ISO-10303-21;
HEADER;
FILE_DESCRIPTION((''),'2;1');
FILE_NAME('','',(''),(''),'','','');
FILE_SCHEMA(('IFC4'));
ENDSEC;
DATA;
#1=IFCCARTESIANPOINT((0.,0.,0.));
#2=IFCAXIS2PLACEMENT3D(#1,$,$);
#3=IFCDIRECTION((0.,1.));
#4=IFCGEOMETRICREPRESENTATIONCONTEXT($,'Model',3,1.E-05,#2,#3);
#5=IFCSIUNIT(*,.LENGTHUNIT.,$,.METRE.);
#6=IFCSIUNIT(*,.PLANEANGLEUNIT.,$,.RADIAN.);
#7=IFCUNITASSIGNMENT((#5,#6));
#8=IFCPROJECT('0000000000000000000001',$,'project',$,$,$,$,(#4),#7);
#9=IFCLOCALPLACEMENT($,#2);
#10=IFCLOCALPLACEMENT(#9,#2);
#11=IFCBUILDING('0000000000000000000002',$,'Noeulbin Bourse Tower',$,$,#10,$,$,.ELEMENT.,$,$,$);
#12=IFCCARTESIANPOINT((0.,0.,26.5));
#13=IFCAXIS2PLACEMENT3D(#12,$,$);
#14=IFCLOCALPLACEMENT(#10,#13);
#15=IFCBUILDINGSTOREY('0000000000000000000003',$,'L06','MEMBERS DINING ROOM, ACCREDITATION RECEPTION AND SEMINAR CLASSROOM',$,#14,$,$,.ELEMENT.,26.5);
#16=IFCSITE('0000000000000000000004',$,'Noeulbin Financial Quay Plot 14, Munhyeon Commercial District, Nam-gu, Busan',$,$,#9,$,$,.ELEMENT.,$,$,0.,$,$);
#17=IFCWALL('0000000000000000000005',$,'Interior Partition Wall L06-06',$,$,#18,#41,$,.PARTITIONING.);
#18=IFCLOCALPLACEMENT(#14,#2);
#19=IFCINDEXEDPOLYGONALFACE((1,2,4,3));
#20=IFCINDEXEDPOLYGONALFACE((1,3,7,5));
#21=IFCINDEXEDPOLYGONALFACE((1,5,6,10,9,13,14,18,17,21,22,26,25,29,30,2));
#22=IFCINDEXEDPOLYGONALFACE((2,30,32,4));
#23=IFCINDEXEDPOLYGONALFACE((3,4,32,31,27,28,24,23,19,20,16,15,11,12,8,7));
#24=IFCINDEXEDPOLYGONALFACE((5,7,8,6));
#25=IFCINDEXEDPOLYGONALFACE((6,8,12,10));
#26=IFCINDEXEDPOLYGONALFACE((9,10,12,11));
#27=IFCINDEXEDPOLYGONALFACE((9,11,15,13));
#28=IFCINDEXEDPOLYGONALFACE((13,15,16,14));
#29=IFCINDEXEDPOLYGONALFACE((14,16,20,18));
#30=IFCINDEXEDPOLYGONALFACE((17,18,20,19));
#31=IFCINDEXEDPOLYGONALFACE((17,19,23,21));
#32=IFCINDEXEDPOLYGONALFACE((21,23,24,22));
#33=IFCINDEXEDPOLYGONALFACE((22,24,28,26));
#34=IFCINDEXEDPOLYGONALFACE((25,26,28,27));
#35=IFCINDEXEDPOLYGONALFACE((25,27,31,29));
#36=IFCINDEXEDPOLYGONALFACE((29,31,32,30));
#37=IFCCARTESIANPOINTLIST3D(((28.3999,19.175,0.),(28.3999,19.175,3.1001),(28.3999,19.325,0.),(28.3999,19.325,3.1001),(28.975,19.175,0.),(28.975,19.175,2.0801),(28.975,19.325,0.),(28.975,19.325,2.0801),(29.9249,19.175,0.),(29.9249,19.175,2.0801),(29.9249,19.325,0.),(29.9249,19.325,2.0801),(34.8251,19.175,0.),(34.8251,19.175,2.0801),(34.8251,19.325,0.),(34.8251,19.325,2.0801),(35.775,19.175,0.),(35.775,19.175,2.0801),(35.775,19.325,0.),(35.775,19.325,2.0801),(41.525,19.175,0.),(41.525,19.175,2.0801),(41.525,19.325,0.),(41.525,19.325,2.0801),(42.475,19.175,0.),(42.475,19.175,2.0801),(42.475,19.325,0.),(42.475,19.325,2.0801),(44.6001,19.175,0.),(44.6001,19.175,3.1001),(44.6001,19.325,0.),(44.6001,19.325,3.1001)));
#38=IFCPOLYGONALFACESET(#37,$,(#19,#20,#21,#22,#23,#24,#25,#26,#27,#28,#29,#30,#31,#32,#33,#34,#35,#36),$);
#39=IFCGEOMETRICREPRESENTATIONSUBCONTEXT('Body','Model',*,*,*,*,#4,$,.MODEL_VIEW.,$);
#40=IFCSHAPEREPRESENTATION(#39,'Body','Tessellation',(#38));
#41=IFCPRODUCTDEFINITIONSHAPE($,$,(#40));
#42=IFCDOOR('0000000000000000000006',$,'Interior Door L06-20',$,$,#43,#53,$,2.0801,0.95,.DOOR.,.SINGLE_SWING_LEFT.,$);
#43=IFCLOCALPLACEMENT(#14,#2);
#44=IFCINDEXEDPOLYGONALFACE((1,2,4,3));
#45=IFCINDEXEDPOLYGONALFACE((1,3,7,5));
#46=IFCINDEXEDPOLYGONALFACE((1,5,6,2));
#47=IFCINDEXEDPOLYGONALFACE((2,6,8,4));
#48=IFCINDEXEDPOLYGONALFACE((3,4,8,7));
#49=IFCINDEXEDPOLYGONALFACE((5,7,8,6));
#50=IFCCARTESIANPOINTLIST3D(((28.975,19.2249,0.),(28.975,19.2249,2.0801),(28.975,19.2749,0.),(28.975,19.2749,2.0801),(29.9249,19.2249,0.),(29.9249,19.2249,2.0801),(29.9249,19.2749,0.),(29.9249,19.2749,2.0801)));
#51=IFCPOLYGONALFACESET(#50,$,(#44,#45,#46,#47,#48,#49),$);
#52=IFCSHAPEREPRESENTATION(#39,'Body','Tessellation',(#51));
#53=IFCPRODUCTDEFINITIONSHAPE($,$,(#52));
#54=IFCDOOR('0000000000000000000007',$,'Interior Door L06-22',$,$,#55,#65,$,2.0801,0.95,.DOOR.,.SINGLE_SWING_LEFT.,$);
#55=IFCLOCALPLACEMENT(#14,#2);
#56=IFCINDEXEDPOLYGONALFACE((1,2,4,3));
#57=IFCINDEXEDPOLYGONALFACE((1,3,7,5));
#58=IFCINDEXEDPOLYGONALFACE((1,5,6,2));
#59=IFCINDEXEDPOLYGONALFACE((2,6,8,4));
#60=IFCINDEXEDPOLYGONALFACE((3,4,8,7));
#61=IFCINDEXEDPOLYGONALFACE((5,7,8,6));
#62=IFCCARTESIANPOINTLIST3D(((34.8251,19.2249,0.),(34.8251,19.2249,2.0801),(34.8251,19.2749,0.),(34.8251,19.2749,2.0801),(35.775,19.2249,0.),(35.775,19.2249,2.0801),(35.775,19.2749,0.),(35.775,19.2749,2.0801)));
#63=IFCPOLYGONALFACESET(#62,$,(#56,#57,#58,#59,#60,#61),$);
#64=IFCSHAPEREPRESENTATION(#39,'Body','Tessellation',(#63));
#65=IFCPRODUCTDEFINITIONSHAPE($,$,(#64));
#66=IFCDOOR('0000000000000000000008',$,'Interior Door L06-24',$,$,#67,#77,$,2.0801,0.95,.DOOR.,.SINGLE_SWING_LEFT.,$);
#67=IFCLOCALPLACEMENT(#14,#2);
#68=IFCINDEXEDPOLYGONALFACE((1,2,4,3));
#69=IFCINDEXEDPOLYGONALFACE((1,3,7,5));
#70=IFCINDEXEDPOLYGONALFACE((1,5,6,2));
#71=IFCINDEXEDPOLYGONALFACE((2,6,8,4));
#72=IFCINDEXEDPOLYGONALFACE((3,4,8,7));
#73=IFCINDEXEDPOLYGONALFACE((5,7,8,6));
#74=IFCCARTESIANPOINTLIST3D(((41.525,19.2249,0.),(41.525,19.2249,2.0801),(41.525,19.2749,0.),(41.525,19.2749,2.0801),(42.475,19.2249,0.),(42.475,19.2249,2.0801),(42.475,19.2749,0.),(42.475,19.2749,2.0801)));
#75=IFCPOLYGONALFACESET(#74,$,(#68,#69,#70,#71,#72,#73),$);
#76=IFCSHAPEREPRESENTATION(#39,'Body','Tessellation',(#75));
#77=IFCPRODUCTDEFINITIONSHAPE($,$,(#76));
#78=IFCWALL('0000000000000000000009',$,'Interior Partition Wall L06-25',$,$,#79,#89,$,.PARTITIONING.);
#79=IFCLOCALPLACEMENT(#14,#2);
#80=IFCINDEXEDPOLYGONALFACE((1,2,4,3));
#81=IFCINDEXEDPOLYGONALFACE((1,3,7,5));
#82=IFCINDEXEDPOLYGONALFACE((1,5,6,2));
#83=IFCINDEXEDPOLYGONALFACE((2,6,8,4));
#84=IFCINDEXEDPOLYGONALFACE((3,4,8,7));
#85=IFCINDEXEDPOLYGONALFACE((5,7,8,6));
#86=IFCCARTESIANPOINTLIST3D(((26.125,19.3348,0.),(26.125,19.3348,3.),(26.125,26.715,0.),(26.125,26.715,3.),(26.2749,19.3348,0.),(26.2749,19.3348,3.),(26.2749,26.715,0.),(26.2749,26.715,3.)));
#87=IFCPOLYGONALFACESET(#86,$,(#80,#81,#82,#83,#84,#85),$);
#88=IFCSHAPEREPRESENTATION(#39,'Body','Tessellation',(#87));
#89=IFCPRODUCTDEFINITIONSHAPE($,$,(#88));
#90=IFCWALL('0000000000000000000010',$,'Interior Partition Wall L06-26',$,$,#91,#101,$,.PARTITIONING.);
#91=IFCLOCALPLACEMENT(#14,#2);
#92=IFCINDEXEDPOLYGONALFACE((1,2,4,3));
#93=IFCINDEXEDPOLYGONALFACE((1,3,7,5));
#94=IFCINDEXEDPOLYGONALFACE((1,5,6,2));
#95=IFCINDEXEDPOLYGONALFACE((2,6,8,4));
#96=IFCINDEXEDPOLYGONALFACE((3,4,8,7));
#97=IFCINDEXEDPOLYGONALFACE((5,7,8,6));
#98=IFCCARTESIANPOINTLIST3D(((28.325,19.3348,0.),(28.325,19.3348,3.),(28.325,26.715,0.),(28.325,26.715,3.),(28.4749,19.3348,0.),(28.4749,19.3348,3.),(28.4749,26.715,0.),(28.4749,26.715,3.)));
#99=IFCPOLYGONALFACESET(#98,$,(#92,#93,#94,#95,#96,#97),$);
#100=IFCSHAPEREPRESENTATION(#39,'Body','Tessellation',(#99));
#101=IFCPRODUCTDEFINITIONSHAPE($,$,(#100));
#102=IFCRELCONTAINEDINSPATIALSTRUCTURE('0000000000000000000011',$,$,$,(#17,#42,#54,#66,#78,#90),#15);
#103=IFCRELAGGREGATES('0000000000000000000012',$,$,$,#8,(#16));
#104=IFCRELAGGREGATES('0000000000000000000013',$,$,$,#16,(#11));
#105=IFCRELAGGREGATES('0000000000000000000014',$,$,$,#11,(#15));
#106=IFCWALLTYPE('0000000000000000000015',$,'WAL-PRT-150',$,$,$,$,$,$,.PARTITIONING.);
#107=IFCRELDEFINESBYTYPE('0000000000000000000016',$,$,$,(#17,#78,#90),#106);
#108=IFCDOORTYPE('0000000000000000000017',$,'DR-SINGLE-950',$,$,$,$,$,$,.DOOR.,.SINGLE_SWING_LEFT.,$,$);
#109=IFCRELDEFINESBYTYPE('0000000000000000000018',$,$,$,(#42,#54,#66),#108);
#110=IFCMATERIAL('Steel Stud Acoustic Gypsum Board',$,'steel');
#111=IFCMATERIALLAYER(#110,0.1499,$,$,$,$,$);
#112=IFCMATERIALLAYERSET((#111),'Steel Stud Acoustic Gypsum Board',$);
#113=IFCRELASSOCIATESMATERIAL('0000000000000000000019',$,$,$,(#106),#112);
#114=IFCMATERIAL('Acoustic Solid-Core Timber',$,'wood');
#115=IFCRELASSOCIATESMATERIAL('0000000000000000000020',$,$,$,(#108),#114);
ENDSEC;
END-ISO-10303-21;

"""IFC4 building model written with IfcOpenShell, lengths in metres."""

from ifc_helpers import new_model, si_unit, direction, frame, frame_2d, origin, place, context, subcontext, project, spatial, rectangle, extrude, material, layer, layer_set, type_object, element, fill, save


model = new_model("IFC4")

# Units and contexts
model_context = context("Model", 3, precision=1e-05, world=origin(), true_north=direction((0.0, 1.0)))
body_context = subcontext(model_context, "Body", "Model", "MODEL_VIEW")
ifc_project = project(units=[si_unit("LENGTHUNIT", "METRE"), si_unit("PLANEANGLEUNIT", "RADIAN")], contexts=[model_context])

# Site, building, storey
site_placement = place(None, origin())
site = spatial("IfcSite", under=ifc_project, at=site_placement, Name="Noeulbin Financial Quay Plot 14, Munhyeon Commercial District, Nam-gu, Busan", CompositionType="ELEMENT", RefElevation=0.0)
building_placement = place(site_placement, origin())
building = spatial("IfcBuilding", under=site, at=building_placement, Name="Noeulbin Bourse Tower", CompositionType="ELEMENT")
storey_placement = place(building_placement, frame((0.0, 0.0, 26.5)))
storey = spatial("IfcBuildingStorey", under=building, at=storey_placement, Name="L06", Description="MEMBERS DINING ROOM, ACCREDITATION RECEPTION AND SEMINAR CLASSROOM", CompositionType="ELEMENT", Elevation=26.5)

# Wall, openings, doors
ifc_material_1 = material(Name="Steel Stud Acoustic Gypsum Board", Category="steel")
ifc_layer_1 = layer(ifc_material_1, 0.1499)
ifc_layer_set_1 = layer_set([ifc_layer_1], Name="Steel Stud Acoustic Gypsum Board")
wall_type_1 = type_object("IfcWallType", Name="WAL-PRT-150", PredefinedType="PARTITIONING", material=ifc_layer_set_1)
wall_1_placement = place(storey_placement, frame((28.3999, 19.25, 0.0), z_axis=(0.0, 0.0, 1.0), x_axis=(1.0, 0.0, 0.0)))
wall_1 = element("IfcWall", 1, at=wall_1_placement, inside=storey, type_object=wall_type_1, Name="Interior Partition Wall L06-06", PredefinedType="PARTITIONING", context=body_context, shape_type="SweptSolid", body=[
    extrude(rectangle(XDim=16.2002, YDim=0.1499, at=frame_2d((8.1001, 0.0))), origin(), (0.0, 0.0, 1.0), 3.1001),
])
opening_1_placement = place(wall_1_placement, frame((0.575, 0.0, 0.0)))
opening_1 = element("IfcOpeningElement", 2, at=opening_1_placement, cuts=wall_1, PredefinedType="OPENING", context=body_context, shape_type="SweptSolid", body=[
    extrude(rectangle(XDim=0.95, YDim=2.0801, at=frame_2d((0.4751, 1.04))), frame((0.0, 0.085, 0.0), z_axis=(0.0, -1.0, 0.0), x_axis=(1.0, 0.0, 0.0)), (0.0, 0.0, 1.0), 0.1699),
])
opening_2_placement = place(wall_1_placement, frame((6.425, 0.0, 0.0)))
opening_2 = element("IfcOpeningElement", 3, at=opening_2_placement, cuts=wall_1, PredefinedType="OPENING", context=body_context, shape_type="SweptSolid", body=[
    extrude(rectangle(XDim=0.95, YDim=2.0801, at=frame_2d((0.4751, 1.04))), frame((0.0, 0.085, 0.0), z_axis=(0.0, -1.0, 0.0), x_axis=(1.0, 0.0, 0.0)), (0.0, 0.0, 1.0), 0.1699),
])
opening_3_placement = place(wall_1_placement, frame((13.125, 0.0, 0.0)))
opening_3 = element("IfcOpeningElement", 4, at=opening_3_placement, cuts=wall_1, PredefinedType="OPENING", context=body_context, shape_type="SweptSolid", body=[
    extrude(rectangle(XDim=0.95, YDim=2.0801, at=frame_2d((0.4751, 1.04))), frame((0.0, 0.085, 0.0), z_axis=(0.0, -1.0, 0.0), x_axis=(1.0, 0.0, 0.0)), (0.0, 0.0, 1.0), 0.1699),
])
ifc_material_2 = material(Name="Acoustic Solid-Core Timber", Category="wood")
door_type = type_object("IfcDoorType", Name="DR-SINGLE-950", OperationType="SINGLE_SWING_LEFT", PredefinedType="DOOR", material=ifc_material_2)
door_1_placement = place(opening_1_placement, origin())
door_1 = element("IfcDoor", 5, at=door_1_placement, inside=storey, type_object=door_type, Name="Interior Door L06-20", OperationType="SINGLE_SWING_LEFT", OverallHeight=2.0801, OverallWidth=0.95, PredefinedType="DOOR", context=body_context, shape_type="SweptSolid", body=[
    extrude(rectangle(XDim=0.95, YDim=2.0801, at=frame_2d((0.4751, 1.04))), frame((0.0, 0.0249, 0.0), z_axis=(0.0, -1.0, 0.0), x_axis=(1.0, 0.0, 0.0)), (0.0, 0.0, 1.0), 0.05),
])
fill(opening_1, door_1)
door_2_placement = place(opening_2_placement, origin())
door_2 = element("IfcDoor", 6, at=door_2_placement, inside=storey, type_object=door_type, Name="Interior Door L06-22", OperationType="SINGLE_SWING_LEFT", OverallHeight=2.0801, OverallWidth=0.95, PredefinedType="DOOR", context=body_context, shape_type="SweptSolid", body=[
    extrude(rectangle(XDim=0.95, YDim=2.0801, at=frame_2d((0.4751, 1.04))), frame((0.0, 0.0249, 0.0), z_axis=(0.0, -1.0, 0.0), x_axis=(1.0, 0.0, 0.0)), (0.0, 0.0, 1.0), 0.05),
])
fill(opening_2, door_2)
door_3_placement = place(opening_3_placement, origin())
door_3 = element("IfcDoor", 7, at=door_3_placement, inside=storey, type_object=door_type, Name="Interior Door L06-24", OperationType="SINGLE_SWING_LEFT", OverallHeight=2.0801, OverallWidth=0.95, PredefinedType="DOOR", context=body_context, shape_type="SweptSolid", body=[
    extrude(rectangle(XDim=0.95, YDim=2.0801, at=frame_2d((0.4751, 1.04))), frame((0.0, 0.0249, 0.0), z_axis=(0.0, -1.0, 0.0), x_axis=(1.0, 0.0, 0.0)), (0.0, 0.0, 1.0), 0.05),
])
fill(opening_3, door_3)

# Walls
for number, where, z_axis, x_axis, name in (
    (8, (26.2, 19.335, 0.0), (0.0, 0.0, 1.0), (0.0, 1.0, 0.0), "Interior Partition Wall L06-25"),
    (9, (28.3999, 19.335, 0.0), (0.0, 0.0, 1.0), (0.0, 1.0, 0.0), "Interior Partition Wall L06-26"),
):
    element("IfcWall", number, at=place(storey_placement, frame(where, z_axis=z_axis, x_axis=x_axis)), inside=storey, type_object=wall_type_1, Name=name, PredefinedType="PARTITIONING", context=body_context, shape_type="SweptSolid", body=[
        extrude(rectangle(XDim=7.3801, YDim=0.1499, at=frame_2d((3.6899, 0.0))), origin(), (0.0, 0.0, 1.0), 3.0),
    ])

save(model, "model.ifc")
